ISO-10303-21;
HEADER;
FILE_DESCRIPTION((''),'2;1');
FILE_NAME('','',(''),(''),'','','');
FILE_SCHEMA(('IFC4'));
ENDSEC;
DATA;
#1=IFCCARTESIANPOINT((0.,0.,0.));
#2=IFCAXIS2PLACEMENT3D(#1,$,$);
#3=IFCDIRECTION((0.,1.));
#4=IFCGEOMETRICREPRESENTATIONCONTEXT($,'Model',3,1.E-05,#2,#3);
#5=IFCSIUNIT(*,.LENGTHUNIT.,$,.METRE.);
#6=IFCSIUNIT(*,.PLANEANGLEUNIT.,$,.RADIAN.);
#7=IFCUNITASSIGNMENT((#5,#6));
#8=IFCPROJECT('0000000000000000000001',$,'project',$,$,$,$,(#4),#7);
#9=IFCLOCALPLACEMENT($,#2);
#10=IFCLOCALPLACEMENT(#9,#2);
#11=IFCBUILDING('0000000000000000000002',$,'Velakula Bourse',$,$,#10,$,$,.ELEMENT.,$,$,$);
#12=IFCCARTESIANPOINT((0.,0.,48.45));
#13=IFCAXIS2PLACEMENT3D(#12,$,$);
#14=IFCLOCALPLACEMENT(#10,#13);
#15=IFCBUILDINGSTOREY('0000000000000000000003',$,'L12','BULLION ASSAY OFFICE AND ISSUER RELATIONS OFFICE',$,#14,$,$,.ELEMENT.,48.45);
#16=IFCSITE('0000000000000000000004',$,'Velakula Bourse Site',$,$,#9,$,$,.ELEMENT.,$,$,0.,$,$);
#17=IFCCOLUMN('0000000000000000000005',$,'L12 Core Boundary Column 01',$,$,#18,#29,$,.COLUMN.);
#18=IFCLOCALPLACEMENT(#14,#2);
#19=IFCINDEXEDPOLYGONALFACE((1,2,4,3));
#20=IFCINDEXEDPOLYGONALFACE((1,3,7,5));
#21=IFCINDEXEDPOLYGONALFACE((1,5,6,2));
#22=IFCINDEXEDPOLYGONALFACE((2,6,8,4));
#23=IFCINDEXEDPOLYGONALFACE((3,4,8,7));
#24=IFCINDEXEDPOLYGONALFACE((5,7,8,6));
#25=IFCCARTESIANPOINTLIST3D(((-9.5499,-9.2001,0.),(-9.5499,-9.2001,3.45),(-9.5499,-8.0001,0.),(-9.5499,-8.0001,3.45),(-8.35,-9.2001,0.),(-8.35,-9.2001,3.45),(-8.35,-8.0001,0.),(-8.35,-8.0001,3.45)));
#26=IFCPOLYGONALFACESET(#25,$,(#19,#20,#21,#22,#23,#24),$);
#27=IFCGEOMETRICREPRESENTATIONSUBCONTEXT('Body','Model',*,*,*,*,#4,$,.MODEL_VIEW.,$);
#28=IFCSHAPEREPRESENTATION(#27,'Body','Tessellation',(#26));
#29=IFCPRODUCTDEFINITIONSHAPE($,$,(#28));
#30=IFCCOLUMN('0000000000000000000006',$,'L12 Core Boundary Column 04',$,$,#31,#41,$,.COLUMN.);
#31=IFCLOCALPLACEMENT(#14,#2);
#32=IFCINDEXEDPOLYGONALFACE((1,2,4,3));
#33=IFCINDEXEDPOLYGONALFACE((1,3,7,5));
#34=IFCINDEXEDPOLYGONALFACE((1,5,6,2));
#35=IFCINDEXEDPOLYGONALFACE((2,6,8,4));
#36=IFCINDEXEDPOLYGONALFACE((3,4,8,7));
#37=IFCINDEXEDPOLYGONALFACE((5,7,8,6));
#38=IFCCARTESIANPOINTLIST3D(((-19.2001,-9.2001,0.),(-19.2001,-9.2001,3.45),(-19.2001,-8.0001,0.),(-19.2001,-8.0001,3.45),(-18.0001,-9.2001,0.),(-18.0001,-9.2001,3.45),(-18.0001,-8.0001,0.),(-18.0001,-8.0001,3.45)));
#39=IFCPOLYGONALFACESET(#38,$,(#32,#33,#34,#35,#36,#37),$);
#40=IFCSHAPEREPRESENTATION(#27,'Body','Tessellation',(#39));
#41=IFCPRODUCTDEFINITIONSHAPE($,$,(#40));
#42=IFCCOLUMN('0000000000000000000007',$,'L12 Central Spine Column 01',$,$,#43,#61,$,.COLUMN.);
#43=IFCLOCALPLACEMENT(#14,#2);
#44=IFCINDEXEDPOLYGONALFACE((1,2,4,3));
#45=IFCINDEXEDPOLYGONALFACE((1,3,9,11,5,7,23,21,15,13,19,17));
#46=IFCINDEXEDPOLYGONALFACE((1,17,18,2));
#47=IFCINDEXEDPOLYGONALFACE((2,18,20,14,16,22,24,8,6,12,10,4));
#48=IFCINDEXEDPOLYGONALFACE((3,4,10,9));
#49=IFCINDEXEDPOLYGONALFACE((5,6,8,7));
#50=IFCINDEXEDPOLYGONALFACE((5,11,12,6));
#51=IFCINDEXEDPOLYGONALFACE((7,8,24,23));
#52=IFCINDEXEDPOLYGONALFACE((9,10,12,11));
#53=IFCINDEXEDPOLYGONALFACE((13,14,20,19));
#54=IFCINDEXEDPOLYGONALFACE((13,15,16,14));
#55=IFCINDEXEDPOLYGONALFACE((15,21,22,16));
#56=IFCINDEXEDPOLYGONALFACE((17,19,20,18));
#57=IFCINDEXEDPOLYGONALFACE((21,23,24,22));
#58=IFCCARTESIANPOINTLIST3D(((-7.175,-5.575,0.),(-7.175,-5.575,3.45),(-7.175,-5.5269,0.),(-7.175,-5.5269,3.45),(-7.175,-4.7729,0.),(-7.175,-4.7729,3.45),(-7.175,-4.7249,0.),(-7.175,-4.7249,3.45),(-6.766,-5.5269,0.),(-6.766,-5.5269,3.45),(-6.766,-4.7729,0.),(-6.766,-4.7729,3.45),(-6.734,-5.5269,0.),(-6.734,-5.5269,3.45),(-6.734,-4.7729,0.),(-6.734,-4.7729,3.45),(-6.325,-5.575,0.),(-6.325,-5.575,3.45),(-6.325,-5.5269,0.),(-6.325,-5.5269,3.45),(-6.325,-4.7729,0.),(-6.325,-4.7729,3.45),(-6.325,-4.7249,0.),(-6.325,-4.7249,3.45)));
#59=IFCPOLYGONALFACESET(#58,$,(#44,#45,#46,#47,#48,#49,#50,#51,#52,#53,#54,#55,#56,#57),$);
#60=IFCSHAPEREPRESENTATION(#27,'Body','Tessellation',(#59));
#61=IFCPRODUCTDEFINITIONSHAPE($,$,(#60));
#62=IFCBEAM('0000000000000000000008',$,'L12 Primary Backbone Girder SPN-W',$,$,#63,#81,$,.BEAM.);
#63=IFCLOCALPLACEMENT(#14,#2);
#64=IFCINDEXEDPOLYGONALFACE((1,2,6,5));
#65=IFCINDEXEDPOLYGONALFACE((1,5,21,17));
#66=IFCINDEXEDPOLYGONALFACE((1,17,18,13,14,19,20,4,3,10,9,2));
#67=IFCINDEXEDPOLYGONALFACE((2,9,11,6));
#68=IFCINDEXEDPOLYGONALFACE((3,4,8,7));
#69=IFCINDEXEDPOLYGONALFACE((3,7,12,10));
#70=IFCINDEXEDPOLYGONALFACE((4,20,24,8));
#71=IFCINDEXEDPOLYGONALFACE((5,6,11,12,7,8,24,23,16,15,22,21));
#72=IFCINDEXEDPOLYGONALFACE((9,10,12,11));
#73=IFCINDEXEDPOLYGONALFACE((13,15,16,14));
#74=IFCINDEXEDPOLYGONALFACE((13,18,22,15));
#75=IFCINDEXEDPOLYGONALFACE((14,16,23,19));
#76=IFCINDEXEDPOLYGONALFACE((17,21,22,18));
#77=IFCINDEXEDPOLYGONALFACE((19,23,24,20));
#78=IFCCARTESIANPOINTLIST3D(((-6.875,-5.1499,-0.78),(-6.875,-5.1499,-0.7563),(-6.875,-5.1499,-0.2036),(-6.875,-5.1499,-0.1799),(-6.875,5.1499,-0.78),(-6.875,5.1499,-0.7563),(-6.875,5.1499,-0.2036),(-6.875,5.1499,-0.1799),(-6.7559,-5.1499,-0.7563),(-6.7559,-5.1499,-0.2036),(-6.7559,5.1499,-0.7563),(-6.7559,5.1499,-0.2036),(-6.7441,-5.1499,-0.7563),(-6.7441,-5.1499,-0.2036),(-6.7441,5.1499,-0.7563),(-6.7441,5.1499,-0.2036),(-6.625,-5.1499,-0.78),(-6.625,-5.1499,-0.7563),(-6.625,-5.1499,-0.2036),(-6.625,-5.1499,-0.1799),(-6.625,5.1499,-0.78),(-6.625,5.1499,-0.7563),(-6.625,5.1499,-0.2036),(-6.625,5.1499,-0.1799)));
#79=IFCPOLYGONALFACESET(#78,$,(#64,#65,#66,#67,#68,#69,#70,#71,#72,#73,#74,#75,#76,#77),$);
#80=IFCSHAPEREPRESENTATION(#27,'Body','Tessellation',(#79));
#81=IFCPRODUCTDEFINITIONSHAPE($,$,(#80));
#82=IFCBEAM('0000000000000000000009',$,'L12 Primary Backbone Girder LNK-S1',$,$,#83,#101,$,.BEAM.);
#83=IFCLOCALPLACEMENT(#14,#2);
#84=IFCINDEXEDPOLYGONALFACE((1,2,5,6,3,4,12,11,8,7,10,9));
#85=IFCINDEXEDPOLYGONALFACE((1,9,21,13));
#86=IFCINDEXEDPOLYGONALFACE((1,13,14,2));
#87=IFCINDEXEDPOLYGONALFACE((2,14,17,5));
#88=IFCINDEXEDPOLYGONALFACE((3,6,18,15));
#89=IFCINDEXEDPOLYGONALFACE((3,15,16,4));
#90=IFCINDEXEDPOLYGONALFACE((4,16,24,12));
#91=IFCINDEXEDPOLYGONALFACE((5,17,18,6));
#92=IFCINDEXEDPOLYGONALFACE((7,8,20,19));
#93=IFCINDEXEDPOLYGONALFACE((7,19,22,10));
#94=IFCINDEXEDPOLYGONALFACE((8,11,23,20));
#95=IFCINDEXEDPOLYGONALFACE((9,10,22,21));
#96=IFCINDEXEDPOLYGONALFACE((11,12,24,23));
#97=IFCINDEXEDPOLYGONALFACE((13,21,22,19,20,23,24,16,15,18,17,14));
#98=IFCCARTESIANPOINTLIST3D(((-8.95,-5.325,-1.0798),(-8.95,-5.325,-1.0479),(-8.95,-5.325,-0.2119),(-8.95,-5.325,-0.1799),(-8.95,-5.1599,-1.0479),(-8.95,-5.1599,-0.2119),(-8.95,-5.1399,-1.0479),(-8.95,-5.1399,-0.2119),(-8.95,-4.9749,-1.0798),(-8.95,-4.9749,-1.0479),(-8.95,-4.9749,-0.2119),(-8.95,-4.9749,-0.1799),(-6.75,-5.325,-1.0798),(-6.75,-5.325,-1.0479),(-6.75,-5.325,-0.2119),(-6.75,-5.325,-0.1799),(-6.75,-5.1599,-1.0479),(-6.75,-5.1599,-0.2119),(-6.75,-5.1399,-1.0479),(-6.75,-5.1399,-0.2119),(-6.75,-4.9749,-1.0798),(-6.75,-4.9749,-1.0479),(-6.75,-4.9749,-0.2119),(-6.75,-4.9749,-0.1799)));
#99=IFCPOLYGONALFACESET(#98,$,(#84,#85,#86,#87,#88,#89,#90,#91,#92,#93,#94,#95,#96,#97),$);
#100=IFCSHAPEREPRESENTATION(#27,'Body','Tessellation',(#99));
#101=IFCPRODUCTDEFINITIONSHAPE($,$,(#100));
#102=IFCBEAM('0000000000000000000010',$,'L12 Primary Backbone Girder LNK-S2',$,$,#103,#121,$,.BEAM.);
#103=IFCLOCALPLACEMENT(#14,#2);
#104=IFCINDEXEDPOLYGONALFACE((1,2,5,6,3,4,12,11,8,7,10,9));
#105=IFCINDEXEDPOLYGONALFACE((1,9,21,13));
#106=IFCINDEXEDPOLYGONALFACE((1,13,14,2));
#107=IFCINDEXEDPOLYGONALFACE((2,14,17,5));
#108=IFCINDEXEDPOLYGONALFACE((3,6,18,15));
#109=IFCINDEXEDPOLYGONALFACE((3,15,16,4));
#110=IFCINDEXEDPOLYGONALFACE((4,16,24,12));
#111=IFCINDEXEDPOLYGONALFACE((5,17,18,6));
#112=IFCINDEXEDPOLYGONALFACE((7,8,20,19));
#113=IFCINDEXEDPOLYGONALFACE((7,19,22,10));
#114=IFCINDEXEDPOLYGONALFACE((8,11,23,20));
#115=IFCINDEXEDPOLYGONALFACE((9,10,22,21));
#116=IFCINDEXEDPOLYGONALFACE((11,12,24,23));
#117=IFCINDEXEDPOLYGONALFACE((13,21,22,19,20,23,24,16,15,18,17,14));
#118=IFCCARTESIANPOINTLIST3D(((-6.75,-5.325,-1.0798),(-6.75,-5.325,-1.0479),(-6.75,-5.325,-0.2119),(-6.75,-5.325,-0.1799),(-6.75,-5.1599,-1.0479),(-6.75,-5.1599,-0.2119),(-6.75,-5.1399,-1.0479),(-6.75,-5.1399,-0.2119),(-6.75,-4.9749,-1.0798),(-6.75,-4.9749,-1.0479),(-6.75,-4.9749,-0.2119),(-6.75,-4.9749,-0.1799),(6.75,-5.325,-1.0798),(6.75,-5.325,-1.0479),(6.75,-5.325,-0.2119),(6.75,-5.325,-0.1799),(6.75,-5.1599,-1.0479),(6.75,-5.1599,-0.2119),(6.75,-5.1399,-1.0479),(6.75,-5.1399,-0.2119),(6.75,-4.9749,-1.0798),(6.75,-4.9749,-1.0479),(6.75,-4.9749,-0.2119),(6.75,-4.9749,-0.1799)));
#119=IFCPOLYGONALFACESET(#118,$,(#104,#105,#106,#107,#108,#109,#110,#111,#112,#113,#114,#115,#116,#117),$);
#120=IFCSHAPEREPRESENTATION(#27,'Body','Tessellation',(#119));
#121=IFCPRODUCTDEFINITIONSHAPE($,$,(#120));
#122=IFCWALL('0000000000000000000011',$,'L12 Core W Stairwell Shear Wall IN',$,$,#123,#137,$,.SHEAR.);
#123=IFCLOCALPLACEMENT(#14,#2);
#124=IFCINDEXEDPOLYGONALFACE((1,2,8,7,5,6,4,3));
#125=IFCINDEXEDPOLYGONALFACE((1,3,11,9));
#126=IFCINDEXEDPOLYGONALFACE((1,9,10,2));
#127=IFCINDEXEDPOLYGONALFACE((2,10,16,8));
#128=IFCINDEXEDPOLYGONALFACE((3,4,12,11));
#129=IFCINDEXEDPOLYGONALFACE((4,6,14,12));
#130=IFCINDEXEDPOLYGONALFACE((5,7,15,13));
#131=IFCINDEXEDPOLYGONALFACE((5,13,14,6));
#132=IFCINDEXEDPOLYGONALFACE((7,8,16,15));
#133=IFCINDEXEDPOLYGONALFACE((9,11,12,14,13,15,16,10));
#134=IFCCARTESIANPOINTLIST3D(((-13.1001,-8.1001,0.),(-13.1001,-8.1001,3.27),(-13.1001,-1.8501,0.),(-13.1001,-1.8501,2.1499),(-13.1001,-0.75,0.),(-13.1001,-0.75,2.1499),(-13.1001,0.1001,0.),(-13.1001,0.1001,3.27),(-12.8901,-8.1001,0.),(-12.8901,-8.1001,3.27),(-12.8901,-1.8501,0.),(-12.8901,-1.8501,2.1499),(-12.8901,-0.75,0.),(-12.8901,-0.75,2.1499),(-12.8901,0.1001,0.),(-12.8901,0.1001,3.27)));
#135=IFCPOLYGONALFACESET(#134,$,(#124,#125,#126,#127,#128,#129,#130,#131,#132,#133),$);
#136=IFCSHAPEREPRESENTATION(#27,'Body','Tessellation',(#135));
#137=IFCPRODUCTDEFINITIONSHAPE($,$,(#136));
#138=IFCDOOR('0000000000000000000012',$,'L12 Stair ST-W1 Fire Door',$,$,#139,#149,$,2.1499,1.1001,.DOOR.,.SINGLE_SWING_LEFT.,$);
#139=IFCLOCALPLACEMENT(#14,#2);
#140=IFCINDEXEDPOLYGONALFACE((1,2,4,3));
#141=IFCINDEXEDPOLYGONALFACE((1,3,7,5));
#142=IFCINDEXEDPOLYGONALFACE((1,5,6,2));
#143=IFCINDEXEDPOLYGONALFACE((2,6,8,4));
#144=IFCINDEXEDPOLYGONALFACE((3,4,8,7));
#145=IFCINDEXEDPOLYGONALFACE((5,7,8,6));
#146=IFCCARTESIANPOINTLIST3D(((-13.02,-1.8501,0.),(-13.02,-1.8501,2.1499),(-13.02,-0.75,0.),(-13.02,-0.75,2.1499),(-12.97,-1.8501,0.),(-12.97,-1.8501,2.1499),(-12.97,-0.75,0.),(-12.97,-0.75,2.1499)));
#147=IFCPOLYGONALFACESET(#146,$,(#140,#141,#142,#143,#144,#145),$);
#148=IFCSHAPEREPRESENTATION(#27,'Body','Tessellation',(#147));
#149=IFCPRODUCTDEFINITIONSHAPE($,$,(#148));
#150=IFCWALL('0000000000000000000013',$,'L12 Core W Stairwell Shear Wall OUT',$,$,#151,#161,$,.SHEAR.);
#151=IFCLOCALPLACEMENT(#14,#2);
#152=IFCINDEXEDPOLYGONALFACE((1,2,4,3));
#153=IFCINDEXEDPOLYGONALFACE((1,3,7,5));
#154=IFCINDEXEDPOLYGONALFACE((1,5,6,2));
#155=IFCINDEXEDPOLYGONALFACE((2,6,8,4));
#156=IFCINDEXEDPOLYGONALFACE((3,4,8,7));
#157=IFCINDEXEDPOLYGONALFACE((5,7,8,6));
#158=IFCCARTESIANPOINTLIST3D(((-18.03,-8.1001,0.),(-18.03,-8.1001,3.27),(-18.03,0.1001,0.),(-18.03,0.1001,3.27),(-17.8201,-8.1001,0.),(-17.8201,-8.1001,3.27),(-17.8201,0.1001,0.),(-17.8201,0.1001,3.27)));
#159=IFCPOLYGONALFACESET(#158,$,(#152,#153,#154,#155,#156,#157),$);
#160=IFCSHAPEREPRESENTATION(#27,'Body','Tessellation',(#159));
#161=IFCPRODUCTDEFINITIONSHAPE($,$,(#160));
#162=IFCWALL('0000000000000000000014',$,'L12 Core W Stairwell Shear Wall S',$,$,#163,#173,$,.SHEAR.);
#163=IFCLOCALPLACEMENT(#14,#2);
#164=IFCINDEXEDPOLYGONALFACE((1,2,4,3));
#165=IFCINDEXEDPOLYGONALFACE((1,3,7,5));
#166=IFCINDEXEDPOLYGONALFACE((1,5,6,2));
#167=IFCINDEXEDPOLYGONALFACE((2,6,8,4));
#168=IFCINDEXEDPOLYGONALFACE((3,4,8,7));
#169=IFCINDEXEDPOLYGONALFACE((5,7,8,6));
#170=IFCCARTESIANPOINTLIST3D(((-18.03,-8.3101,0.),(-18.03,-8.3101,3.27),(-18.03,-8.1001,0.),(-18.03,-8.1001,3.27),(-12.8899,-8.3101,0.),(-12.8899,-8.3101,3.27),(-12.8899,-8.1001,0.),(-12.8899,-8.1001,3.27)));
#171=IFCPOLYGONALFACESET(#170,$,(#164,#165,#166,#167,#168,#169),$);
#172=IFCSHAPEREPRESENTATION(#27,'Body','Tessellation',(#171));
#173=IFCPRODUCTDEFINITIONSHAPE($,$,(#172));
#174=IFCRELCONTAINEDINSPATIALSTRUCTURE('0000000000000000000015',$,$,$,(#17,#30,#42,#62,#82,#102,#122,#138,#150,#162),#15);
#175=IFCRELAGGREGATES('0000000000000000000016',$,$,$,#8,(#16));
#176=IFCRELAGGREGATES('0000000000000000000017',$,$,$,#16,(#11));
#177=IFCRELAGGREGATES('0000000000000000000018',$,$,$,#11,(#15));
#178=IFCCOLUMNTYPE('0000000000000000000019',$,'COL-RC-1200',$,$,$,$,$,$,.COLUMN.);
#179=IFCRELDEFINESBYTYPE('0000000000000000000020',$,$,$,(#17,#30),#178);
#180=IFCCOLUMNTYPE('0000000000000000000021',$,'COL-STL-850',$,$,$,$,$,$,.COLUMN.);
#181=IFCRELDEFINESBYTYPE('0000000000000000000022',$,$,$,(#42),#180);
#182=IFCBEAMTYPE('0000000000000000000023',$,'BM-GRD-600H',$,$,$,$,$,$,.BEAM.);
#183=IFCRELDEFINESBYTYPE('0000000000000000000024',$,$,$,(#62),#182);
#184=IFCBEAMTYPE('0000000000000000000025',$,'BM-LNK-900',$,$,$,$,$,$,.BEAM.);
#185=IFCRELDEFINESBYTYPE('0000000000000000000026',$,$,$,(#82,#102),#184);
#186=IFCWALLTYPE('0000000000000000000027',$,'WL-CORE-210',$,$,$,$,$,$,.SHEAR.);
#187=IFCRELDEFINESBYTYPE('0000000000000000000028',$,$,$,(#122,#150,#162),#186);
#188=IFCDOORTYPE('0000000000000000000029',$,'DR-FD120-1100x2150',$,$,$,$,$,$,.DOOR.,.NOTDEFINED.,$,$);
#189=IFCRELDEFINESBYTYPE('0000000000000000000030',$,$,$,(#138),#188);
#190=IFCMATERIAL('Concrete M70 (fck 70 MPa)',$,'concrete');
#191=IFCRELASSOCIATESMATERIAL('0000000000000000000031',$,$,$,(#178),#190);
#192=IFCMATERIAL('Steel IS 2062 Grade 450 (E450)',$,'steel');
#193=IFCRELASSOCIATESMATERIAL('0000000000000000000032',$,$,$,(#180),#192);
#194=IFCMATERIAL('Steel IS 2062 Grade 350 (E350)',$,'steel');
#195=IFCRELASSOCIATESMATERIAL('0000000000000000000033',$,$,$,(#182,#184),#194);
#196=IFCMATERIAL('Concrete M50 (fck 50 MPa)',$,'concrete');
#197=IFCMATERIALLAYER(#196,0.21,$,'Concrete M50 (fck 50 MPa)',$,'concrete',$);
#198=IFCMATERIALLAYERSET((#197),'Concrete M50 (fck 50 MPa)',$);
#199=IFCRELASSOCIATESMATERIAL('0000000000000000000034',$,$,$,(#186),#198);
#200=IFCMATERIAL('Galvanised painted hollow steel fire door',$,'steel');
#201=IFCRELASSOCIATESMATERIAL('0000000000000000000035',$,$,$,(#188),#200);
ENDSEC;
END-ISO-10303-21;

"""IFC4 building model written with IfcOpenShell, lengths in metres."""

from ifc_helpers import new_model, si_unit, direction, frame, frame_2d, origin, origin_2d, place, context, subcontext, project, spatial, rectangle, i_section, extrude, material, layer, layer_set, material_profile, profile_set, type_object, element, fill, save


model = new_model("IFC4")

# Units and contexts
model_context = context("Model", 3, precision=1e-05, world=origin(), true_north=direction((0.0, 1.0)))
body_context = subcontext(model_context, "Body", "Model", "MODEL_VIEW")
ifc_project = project(units=[si_unit("LENGTHUNIT", "METRE"), si_unit("PLANEANGLEUNIT", "RADIAN")], contexts=[model_context])

# Site, building, storey
site_placement = place(None, origin())
site = spatial("IfcSite", under=ifc_project, at=site_placement, Name="Velakula Bourse Site", CompositionType="ELEMENT", RefElevation=0.0)
building_placement = place(site_placement, origin())
building = spatial("IfcBuilding", under=site, at=building_placement, Name="Velakula Bourse", CompositionType="ELEMENT")
storey_placement = place(building_placement, frame((0.0, 0.0, 48.45)))
storey = spatial("IfcBuildingStorey", under=building, at=storey_placement, Name="L12", Description="BULLION ASSAY OFFICE AND ISSUER RELATIONS OFFICE", CompositionType="ELEMENT", Elevation=48.45)

# Columns
ifc_material_1 = material(Name="Concrete M70 (fck 70 MPa)", Category="concrete")
ifc_material_profile_1 = material_profile(ifc_material_1, rectangle(XDim=1.2, YDim=1.2, at=origin_2d()), Name="Concrete M70 (fck 70 MPa)")
ifc_profile_set_1 = profile_set([ifc_material_profile_1], Name="Concrete M70 (fck 70 MPa)")
column_type_1 = type_object("IfcColumnType", Name="COL-RC-1200", PredefinedType="COLUMN", material=ifc_profile_set_1)
for number, where, z_axis, x_axis, name in (
    (1, (-8.95, -8.6001, 0.0), (0.0, 0.0, 1.0), (1.0, 0.0, 0.0), "L12 Core Boundary Column 01"),
    (2, (-18.6001, -8.6001, 0.0), (0.0, 0.0, 1.0), (1.0, 0.0, 0.0), "L12 Core Boundary Column 04"),
):
    element("IfcColumn", number, at=place(storey_placement, frame(where, z_axis=z_axis, x_axis=x_axis)), inside=storey, type_object=column_type_1, Name=name, PredefinedType="COLUMN", context=body_context, shape_type="SweptSolid", body=[
        extrude(rectangle(XDim=1.2, YDim=1.2, at=origin_2d()), origin(), (0.0, 0.0, 1.0), 3.45),
    ])
ifc_material_2 = material(Name="Steel IS 2062 Grade 450 (E450)", Category="steel")
ifc_material_profile_2 = material_profile(ifc_material_2, i_section(OverallWidth=0.8501, OverallDepth=0.8501, WebThickness=0.032, FlangeThickness=0.0481, at=origin_2d()), Name="Steel IS 2062 Grade 450 (E450)")
ifc_profile_set_2 = profile_set([ifc_material_profile_2], Name="Steel IS 2062 Grade 450 (E450)")
column_type_2 = type_object("IfcColumnType", Name="COL-STL-850", PredefinedType="COLUMN", material=ifc_profile_set_2)
column_placement = place(storey_placement, frame((-6.75, -5.1499, 0.0), z_axis=(0.0, 0.0, 1.0), x_axis=(1.0, 0.0, 0.0)))
element("IfcColumn", 3, at=column_placement, inside=storey, type_object=column_type_2, Name="L12 Central Spine Column 01", PredefinedType="COLUMN", context=body_context, shape_type="SweptSolid", body=[
    extrude(i_section(OverallWidth=0.8501, OverallDepth=0.8501, WebThickness=0.032, FlangeThickness=0.0481, at=origin_2d()), origin(), (0.0, 0.0, 1.0), 3.45),
])

# Beams
ifc_material_3 = material(Name="Steel IS 2062 Grade 350 (E350)", Category="steel")
ifc_material_profile_3 = material_profile(ifc_material_3, i_section(OverallWidth=0.25, OverallDepth=0.6001, WebThickness=0.0117, FlangeThickness=0.0237, at=origin_2d()), Name="Steel IS 2062 Grade 350 (E350)")
ifc_profile_set_3 = profile_set([ifc_material_profile_3], Name="Steel IS 2062 Grade 350 (E350)")
beam_type_1 = type_object("IfcBeamType", Name="BM-GRD-600H", PredefinedType="BEAM", material=ifc_profile_set_3)
beam_1_placement = place(storey_placement, frame((-6.75, -5.1499, -0.48), z_axis=(0.0, 1.0, 0.0), x_axis=(-1.0, 0.0, 0.0)))
element("IfcBeam", 4, at=beam_1_placement, inside=storey, type_object=beam_type_1, Name="L12 Primary Backbone Girder SPN-W", PredefinedType="BEAM", context=body_context, shape_type="SweptSolid", body=[
    extrude(i_section(OverallWidth=0.25, OverallDepth=0.6001, WebThickness=0.0117, FlangeThickness=0.0237, at=origin_2d()), origin(), (0.0, 0.0, 1.0), 10.2998),
])
ifc_material_profile_4 = material_profile(ifc_material_3, i_section(OverallWidth=0.3501, OverallDepth=0.8999, WebThickness=0.02, FlangeThickness=0.032, at=origin_2d()), Name="Steel IS 2062 Grade 350 (E350)")
ifc_profile_set_4 = profile_set([ifc_material_profile_4], Name="Steel IS 2062 Grade 350 (E350)")
beam_type_2 = type_object("IfcBeamType", Name="BM-LNK-900", PredefinedType="BEAM", material=ifc_profile_set_4)
beam_2_placement = place(storey_placement, frame((-8.95, -5.1499, -0.6299), z_axis=(1.0, 0.0, 0.0), x_axis=(0.0, 1.0, 0.0)))
element("IfcBeam", 5, at=beam_2_placement, inside=storey, type_object=beam_type_2, Name="L12 Primary Backbone Girder LNK-S1", PredefinedType="BEAM", context=body_context, shape_type="SweptSolid", body=[
    extrude(i_section(OverallWidth=0.3501, OverallDepth=0.8999, WebThickness=0.02, FlangeThickness=0.032, at=origin_2d()), origin(), (0.0, 0.0, 1.0), 2.2),
])
beam_3_placement = place(storey_placement, frame((-6.75, -5.1499, -0.6299), z_axis=(1.0, 0.0, 0.0), x_axis=(0.0, 1.0, 0.0)))
element("IfcBeam", 6, at=beam_3_placement, inside=storey, type_object=beam_type_2, Name="L12 Primary Backbone Girder LNK-S2", PredefinedType="BEAM", context=body_context, shape_type="SweptSolid", body=[
    extrude(i_section(OverallWidth=0.3501, OverallDepth=0.8999, WebThickness=0.02, FlangeThickness=0.032, at=origin_2d()), origin(), (0.0, 0.0, 1.0), 13.5),
])

# Wall, opening, door
ifc_material_4 = material(Name="Concrete M50 (fck 50 MPa)", Category="concrete")
ifc_layer_1 = layer(ifc_material_4, 0.21, Name="Concrete M50 (fck 50 MPa)", Category="concrete")
ifc_layer_set_1 = layer_set([ifc_layer_1], Name="Concrete M50 (fck 50 MPa)")
wall_type_1 = type_object("IfcWallType", Name="WL-CORE-210", PredefinedType="SHEAR", material=ifc_layer_set_1)
wall_1_placement = place(storey_placement, frame((-12.9951, -8.1001, 0.0), z_axis=(0.0, 0.0, 1.0), x_axis=(0.0, 1.0, 0.0)))
wall_1 = element("IfcWall", 7, at=wall_1_placement, inside=storey, type_object=wall_type_1, Name="L12 Core W Stairwell Shear Wall IN", PredefinedType="SHEAR", context=body_context, shape_type="SweptSolid", body=[
    extrude(rectangle(XDim=8.2002, YDim=0.21, at=frame_2d((4.1001, 0.0))), origin(), (0.0, 0.0, 1.0), 3.27),
])
opening_1_placement = place(wall_1_placement, frame((6.25, 0.0, 0.0)))
opening_1 = element("IfcOpeningElement", 8, at=opening_1_placement, cuts=wall_1, PredefinedType="OPENING", context=body_context, shape_type="SweptSolid", body=[
    extrude(rectangle(XDim=1.1001, YDim=2.1499, at=frame_2d((0.55, 1.075))), frame((0.0, 0.115, 0.0), z_axis=(0.0, -1.0, 0.0), x_axis=(1.0, 0.0, 0.0)), (0.0, 0.0, 1.0), 0.23),
])
ifc_material_5 = material(Name="Galvanised painted hollow steel fire door", Category="steel")
door_type_1 = type_object("IfcDoorType", Name="DR-FD120-1100x2150", OperationType="NOTDEFINED", PredefinedType="DOOR", material=ifc_material_5)
door_1_placement = place(opening_1_placement, origin())
door_1 = element("IfcDoor", 9, at=door_1_placement, inside=storey, type_object=door_type_1, Name="L12 Stair ST-W1 Fire Door", OperationType="SINGLE_SWING_LEFT", OverallHeight=2.1499, OverallWidth=1.1001, PredefinedType="DOOR", context=body_context, shape_type="SweptSolid", body=[
    extrude(rectangle(XDim=1.1001, YDim=2.1499, at=frame_2d((0.55, 1.075))), frame((0.0, 0.0249, 0.0), z_axis=(0.0, -1.0, 0.0), x_axis=(1.0, 0.0, 0.0)), (0.0, 0.0, 1.0), 0.05),
])
fill(opening_1, door_1)

# Walls
wall_2_placement = place(storey_placement, frame((-17.925, -8.1001, 0.0), z_axis=(0.0, 0.0, 1.0), x_axis=(0.0, 1.0, 0.0)))
element("IfcWall", 10, at=wall_2_placement, inside=storey, type_object=wall_type_1, Name="L12 Core W Stairwell Shear Wall OUT", PredefinedType="SHEAR", context=body_context, shape_type="SweptSolid", body=[
    extrude(rectangle(XDim=8.2002, YDim=0.21, at=frame_2d((4.1001, 0.0))), origin(), (0.0, 0.0, 1.0), 3.27),
])
wall_3_placement = place(storey_placement, frame((-18.03, -8.2051, 0.0), z_axis=(0.0, 0.0, 1.0), x_axis=(1.0, 0.0, 0.0)))
element("IfcWall", 11, at=wall_3_placement, inside=storey, type_object=wall_type_1, Name="L12 Core W Stairwell Shear Wall S", PredefinedType="SHEAR", context=body_context, shape_type="SweptSolid", body=[
    extrude(rectangle(XDim=5.1401, YDim=0.21, at=frame_2d((2.5701, 0.0))), origin(), (0.0, 0.0, 1.0), 3.27),
])

save(model, "model.ifc")
